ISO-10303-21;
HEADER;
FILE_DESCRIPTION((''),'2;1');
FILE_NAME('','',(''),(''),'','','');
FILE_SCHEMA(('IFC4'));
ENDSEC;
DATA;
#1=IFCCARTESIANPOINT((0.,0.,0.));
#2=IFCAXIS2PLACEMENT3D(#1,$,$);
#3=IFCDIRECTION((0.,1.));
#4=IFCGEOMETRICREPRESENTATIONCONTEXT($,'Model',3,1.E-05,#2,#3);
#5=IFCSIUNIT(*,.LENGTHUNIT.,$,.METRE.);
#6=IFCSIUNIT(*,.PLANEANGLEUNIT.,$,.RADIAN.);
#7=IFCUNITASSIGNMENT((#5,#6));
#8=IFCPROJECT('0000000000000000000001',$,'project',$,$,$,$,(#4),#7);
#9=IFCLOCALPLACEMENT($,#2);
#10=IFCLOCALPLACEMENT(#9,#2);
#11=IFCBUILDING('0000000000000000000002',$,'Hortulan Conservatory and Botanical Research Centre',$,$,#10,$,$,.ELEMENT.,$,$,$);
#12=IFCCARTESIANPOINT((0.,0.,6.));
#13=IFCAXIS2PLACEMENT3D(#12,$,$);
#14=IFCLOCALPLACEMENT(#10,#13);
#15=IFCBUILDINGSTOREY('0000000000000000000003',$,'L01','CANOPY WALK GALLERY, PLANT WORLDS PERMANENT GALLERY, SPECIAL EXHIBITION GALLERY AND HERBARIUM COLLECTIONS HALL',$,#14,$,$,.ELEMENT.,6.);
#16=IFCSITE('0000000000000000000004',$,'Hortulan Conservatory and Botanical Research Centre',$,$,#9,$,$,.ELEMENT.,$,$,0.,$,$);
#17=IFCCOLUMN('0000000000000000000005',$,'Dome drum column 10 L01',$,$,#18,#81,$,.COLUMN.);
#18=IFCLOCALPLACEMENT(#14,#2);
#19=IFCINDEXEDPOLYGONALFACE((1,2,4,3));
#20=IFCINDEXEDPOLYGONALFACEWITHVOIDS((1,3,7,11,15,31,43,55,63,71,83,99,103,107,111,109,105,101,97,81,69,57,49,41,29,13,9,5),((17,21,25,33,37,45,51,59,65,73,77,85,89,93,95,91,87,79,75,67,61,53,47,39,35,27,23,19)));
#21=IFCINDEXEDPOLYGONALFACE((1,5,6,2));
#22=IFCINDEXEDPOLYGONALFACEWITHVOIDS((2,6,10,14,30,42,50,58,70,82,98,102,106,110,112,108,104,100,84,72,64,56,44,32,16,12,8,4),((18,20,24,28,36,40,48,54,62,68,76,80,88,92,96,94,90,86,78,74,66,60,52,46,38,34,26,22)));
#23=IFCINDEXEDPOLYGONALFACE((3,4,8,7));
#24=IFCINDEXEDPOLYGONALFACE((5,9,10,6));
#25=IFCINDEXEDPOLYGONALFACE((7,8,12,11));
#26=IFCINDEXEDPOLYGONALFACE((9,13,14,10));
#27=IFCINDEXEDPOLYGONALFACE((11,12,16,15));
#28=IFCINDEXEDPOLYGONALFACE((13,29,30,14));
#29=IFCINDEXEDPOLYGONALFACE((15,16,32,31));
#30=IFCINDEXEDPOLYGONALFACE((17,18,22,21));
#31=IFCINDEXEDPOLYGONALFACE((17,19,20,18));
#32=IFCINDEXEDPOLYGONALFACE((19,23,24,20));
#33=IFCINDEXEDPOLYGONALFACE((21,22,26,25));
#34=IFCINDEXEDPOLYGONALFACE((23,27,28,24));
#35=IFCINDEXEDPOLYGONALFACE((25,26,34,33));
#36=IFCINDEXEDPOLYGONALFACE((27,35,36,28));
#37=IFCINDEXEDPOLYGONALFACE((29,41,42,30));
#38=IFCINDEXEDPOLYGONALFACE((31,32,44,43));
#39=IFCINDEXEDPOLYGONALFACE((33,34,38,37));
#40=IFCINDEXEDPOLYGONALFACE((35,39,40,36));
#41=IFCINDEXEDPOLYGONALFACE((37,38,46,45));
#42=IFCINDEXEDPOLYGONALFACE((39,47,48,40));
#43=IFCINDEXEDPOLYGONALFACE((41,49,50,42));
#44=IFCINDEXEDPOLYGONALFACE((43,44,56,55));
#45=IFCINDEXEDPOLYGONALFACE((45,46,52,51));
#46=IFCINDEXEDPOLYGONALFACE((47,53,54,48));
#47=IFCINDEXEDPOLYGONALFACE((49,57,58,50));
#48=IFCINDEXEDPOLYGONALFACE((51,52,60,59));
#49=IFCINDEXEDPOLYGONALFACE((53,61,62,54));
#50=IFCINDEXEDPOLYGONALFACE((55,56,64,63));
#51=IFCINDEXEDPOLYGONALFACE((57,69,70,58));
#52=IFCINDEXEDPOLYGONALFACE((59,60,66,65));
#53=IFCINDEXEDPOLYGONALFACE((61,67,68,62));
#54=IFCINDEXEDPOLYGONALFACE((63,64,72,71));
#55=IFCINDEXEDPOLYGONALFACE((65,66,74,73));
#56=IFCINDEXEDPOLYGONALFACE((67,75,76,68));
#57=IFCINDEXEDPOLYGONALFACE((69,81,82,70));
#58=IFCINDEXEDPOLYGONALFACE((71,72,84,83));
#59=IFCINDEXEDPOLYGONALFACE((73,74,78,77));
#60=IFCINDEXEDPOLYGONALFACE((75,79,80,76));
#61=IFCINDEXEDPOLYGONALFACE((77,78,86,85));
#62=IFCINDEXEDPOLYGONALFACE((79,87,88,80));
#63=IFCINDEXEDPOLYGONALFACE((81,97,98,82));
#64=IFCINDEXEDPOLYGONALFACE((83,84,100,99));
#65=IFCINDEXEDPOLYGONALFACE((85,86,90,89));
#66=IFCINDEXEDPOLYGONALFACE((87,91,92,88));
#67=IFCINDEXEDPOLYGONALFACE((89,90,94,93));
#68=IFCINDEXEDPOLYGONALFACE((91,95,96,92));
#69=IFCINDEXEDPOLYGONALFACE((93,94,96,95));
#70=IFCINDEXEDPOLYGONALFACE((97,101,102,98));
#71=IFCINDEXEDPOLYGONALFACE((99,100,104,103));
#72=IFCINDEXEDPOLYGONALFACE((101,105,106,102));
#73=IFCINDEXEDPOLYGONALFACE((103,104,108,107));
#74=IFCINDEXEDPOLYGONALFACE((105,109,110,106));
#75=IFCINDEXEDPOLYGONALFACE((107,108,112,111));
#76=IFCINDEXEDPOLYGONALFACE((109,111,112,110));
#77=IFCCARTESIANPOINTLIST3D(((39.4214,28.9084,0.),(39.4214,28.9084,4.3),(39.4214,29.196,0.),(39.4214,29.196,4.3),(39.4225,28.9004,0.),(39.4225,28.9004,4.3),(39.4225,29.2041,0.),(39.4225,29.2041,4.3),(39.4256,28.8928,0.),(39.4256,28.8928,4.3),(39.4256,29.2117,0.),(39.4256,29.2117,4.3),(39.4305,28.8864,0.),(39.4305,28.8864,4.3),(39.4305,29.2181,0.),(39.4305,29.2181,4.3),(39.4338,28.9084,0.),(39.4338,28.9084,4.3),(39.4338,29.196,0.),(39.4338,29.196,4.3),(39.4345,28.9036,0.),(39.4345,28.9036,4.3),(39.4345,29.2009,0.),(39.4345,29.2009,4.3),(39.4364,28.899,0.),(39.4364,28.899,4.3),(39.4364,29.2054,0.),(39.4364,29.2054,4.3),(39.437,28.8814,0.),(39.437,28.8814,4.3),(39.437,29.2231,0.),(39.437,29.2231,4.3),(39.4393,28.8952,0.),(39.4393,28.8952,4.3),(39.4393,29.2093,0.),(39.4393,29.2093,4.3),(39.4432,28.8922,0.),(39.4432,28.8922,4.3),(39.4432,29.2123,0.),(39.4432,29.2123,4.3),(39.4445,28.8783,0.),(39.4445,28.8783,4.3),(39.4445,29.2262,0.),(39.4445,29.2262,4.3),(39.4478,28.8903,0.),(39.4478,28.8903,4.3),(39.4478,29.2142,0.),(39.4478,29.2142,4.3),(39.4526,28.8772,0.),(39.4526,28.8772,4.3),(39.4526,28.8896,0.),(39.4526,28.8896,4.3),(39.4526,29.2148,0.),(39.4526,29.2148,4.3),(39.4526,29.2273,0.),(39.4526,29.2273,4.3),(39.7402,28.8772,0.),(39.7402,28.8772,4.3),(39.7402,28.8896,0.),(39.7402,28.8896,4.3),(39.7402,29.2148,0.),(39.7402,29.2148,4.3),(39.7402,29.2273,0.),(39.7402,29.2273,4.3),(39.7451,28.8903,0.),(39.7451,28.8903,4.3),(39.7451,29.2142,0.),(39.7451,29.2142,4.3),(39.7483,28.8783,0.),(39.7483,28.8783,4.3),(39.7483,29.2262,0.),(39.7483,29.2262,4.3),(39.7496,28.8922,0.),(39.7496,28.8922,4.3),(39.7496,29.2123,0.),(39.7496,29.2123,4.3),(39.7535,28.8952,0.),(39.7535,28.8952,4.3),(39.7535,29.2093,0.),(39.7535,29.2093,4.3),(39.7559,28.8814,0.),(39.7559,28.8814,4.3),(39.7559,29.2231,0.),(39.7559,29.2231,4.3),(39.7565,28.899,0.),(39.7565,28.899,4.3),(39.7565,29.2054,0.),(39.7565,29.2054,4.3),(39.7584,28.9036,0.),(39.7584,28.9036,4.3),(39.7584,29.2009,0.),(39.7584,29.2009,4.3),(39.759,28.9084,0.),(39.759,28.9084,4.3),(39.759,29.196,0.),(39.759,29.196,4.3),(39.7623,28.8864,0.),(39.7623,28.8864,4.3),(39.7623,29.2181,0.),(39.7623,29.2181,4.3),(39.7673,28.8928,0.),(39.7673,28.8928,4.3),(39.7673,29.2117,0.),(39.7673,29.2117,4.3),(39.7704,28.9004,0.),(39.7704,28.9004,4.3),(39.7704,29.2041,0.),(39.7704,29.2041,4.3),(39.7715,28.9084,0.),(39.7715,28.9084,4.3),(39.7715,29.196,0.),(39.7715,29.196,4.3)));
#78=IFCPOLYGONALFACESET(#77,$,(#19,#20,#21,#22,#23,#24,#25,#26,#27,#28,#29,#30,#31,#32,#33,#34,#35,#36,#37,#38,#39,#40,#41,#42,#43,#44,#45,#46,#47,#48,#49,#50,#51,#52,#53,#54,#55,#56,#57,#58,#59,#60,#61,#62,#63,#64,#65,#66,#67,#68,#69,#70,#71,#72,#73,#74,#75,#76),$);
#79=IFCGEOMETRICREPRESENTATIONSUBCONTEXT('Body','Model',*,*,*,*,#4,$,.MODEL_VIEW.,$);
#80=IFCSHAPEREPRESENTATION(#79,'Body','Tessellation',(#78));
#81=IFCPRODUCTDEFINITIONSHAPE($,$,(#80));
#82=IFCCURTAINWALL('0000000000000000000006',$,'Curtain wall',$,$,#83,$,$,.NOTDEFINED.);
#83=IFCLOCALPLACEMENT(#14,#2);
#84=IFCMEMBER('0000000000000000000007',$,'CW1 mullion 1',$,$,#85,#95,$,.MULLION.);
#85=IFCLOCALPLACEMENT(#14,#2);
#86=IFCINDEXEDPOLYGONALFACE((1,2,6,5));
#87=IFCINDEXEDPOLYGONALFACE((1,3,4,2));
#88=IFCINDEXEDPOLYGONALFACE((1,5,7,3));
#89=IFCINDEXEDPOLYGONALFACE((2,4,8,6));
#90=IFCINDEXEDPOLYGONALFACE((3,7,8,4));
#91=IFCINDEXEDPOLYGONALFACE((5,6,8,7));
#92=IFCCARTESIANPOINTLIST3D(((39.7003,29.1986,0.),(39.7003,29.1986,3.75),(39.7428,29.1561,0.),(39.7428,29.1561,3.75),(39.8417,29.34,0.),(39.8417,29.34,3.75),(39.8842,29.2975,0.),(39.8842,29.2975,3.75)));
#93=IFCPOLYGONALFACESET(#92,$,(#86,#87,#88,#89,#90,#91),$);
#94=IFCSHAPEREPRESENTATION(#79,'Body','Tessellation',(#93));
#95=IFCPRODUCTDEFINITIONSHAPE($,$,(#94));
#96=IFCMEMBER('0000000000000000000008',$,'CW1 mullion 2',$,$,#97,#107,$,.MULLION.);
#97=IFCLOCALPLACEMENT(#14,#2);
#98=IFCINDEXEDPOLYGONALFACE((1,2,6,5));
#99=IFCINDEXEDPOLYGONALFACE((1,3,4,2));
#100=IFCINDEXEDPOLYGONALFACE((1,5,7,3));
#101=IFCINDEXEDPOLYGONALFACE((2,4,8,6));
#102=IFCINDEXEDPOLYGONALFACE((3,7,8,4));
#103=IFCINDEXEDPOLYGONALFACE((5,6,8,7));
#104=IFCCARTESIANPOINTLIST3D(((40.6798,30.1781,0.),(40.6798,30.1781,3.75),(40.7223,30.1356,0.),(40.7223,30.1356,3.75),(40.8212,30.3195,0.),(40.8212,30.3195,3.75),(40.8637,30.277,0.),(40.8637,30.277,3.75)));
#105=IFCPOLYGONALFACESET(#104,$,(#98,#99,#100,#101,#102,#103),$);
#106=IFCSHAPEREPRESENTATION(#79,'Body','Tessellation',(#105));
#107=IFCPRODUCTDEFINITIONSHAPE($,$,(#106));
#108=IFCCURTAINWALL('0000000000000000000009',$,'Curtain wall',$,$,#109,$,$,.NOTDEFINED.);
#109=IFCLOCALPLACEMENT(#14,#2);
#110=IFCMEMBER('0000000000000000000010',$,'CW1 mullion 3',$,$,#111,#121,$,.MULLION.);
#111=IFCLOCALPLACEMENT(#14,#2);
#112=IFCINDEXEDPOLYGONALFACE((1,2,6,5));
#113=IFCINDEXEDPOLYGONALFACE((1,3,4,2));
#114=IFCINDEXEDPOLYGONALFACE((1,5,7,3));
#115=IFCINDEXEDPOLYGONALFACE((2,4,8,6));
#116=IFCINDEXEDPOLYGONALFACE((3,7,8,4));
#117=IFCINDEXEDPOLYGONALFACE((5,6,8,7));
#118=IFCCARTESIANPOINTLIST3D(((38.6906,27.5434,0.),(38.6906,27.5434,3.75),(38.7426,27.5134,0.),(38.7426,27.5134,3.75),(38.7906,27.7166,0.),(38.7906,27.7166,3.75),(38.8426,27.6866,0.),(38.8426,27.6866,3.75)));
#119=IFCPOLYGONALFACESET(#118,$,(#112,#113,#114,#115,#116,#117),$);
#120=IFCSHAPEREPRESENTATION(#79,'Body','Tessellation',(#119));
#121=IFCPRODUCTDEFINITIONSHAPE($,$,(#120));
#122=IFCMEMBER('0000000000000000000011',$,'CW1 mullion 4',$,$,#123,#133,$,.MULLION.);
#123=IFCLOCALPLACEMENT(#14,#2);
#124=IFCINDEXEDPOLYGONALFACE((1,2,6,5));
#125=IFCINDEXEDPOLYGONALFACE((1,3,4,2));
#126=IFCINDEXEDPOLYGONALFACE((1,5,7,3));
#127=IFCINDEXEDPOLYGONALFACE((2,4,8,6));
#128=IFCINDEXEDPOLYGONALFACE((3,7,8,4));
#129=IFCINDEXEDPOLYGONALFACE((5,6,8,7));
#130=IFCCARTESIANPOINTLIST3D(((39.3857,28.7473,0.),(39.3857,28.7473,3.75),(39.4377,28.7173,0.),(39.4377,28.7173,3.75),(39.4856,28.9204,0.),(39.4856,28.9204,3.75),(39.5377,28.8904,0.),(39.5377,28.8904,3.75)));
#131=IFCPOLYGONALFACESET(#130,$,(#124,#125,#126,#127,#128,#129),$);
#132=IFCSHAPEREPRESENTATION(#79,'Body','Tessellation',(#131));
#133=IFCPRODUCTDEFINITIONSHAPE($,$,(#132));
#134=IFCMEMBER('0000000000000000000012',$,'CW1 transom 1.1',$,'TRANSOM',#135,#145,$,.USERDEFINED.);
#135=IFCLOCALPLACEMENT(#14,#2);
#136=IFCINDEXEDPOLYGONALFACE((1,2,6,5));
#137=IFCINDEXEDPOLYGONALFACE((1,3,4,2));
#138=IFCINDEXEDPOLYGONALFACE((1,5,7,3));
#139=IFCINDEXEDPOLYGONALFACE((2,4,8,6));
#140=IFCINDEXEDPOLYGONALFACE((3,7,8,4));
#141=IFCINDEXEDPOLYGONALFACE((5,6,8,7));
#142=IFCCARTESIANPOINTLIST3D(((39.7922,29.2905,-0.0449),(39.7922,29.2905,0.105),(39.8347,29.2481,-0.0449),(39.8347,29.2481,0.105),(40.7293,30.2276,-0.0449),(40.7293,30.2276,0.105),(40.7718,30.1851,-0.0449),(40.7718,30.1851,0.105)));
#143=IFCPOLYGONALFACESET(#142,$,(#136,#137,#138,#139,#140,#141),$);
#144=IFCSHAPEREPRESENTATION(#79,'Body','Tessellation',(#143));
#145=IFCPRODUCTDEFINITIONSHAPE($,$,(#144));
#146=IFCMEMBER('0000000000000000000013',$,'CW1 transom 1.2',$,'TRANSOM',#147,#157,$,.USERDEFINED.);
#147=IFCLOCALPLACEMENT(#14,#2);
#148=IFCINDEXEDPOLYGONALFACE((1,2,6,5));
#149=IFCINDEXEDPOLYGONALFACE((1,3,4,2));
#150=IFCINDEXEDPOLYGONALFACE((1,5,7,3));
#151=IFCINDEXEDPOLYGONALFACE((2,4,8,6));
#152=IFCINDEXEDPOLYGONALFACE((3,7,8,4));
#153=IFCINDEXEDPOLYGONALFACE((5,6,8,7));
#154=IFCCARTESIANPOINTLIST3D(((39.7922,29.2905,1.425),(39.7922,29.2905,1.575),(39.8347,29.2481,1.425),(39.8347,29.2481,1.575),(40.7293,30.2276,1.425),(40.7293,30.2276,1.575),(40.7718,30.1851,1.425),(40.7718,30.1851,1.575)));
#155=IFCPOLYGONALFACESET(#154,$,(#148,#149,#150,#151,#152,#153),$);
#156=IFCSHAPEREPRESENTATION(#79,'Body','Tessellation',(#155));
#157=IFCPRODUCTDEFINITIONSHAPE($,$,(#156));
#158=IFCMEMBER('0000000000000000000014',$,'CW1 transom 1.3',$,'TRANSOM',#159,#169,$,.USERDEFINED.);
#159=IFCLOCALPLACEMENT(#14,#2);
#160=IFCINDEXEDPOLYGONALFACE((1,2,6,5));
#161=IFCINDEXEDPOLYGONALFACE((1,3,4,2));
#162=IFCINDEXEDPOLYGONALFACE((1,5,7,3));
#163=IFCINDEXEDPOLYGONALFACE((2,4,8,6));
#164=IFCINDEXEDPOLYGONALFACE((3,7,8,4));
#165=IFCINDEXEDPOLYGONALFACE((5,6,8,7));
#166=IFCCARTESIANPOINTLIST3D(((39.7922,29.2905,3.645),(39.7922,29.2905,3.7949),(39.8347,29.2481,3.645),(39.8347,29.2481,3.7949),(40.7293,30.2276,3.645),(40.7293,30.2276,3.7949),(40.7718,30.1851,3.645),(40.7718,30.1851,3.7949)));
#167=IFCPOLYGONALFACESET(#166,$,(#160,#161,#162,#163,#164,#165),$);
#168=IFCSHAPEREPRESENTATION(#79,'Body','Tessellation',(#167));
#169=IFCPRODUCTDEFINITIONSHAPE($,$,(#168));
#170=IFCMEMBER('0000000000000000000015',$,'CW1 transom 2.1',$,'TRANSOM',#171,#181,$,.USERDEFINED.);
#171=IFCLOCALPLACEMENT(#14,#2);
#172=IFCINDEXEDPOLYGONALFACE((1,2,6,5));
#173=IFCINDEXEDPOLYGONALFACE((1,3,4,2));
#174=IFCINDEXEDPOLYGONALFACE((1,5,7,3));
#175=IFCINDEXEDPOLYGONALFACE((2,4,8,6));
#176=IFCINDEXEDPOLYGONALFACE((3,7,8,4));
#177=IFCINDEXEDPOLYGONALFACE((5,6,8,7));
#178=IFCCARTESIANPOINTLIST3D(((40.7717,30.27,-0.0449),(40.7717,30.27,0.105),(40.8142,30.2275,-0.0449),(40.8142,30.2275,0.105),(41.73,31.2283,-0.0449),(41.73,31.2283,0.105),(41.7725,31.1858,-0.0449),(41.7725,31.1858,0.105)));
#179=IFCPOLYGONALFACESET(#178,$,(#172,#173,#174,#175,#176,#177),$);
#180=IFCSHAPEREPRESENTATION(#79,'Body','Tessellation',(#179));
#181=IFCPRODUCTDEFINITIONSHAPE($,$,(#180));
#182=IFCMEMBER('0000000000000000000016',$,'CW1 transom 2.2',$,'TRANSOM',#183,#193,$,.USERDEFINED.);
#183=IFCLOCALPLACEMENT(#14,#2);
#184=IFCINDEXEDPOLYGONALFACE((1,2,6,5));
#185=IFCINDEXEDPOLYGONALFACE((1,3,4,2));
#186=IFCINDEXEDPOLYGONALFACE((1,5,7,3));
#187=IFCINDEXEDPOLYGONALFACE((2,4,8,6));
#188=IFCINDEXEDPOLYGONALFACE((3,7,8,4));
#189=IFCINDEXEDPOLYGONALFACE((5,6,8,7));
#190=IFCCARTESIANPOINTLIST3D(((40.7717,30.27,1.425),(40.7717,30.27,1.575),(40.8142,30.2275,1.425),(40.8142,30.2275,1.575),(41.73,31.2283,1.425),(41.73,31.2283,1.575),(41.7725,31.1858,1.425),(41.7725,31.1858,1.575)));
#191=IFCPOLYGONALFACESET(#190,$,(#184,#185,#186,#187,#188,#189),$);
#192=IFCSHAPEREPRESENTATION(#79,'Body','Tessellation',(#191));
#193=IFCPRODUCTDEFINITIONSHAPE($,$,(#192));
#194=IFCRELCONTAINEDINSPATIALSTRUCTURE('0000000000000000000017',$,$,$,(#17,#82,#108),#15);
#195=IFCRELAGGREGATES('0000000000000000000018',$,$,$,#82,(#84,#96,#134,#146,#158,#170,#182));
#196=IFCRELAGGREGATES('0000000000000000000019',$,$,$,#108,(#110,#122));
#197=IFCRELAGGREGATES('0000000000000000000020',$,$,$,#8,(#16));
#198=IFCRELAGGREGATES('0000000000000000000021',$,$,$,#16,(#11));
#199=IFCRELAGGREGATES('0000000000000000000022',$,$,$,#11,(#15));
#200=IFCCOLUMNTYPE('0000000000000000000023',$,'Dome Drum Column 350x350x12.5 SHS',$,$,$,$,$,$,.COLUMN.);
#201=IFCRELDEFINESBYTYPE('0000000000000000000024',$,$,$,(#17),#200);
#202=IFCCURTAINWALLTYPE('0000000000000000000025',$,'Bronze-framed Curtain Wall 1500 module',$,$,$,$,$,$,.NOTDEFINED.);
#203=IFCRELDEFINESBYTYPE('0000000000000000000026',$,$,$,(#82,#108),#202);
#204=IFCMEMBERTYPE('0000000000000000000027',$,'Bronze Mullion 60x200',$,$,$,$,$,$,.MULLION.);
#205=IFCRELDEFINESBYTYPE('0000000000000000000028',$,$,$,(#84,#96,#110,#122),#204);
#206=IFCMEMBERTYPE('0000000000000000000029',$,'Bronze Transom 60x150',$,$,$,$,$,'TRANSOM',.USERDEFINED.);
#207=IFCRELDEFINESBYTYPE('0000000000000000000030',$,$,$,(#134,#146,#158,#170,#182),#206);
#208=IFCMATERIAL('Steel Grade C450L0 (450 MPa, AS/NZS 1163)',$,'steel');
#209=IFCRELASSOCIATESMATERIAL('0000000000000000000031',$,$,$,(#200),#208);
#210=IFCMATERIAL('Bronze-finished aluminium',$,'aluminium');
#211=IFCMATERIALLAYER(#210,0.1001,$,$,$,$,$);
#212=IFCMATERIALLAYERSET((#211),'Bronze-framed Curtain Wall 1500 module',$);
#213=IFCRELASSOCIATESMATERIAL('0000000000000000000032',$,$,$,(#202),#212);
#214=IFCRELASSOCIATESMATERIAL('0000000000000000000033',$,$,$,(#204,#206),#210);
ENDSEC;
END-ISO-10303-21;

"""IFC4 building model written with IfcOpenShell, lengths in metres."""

from ifc_helpers import new_model, si_unit, direction, frame, origin, origin_2d, place, context, subcontext, project, spatial, rectangle, hollow_rectangle, extrude, material, layer, layer_set, material_profile, profile_set, type_object, element, aggregate, save


model = new_model("IFC4")

# Units and contexts
model_context = context("Model", 3, precision=1e-05, world=origin(), true_north=direction((0.0, 1.0)))
body_context = subcontext(model_context, "Body", "Model", "MODEL_VIEW")
ifc_project = project(units=[si_unit("LENGTHUNIT", "METRE"), si_unit("PLANEANGLEUNIT", "RADIAN")], contexts=[model_context])

# Site, building, storey
site_placement = place(None, origin())
site = spatial("IfcSite", under=ifc_project, at=site_placement, Name="Hortulan Conservatory and Botanical Research Centre", CompositionType="ELEMENT", RefElevation=0.0)
building_placement = place(site_placement, origin())
building = spatial("IfcBuilding", under=site, at=building_placement, Name="Hortulan Conservatory and Botanical Research Centre", CompositionType="ELEMENT")
storey_placement = place(building_placement, frame((0.0, 0.0, 6.0)))
storey = spatial("IfcBuildingStorey", under=building, at=storey_placement, Name="L01", Description="CANOPY WALK GALLERY, PLANT WORLDS PERMANENT GALLERY, SPECIAL EXHIBITION GALLERY AND HERBARIUM COLLECTIONS HALL", CompositionType="ELEMENT", Elevation=6.0)

# Column
ifc_material_1 = material(Name="Steel Grade C450L0 (450 MPa, AS/NZS 1163)", Category="steel")
ifc_material_profile_1 = material_profile(ifc_material_1, hollow_rectangle(XDim=0.3501, YDim=0.3501, WallThickness=0.0125, InnerFilletRadius=0.0188, OuterFilletRadius=0.0312, at=origin_2d()), Name="350x350x12.5SHS")
ifc_profile_set_1 = profile_set([ifc_material_profile_1], Name="Steel Grade C450L0 (450 MPa, AS/NZS 1163)")
column_type = type_object("IfcColumnType", Name="Dome Drum Column 350x350x12.5 SHS", PredefinedType="COLUMN", material=ifc_profile_set_1)
column_placement = place(storey_placement, frame((39.5964, 29.0522, 0.0), z_axis=(0.0, 0.0, 1.0), x_axis=(1.0, 0.0, 0.0)))
element("IfcColumn", 1, at=column_placement, inside=storey, type_object=column_type, Name="Dome drum column 10 L01", PredefinedType="COLUMN", context=body_context, shape_type="SweptSolid", body=[
    extrude(hollow_rectangle(XDim=0.3501, YDim=0.3501, WallThickness=0.0125, InnerFilletRadius=0.0188, OuterFilletRadius=0.0312, at=origin_2d()), origin(), (0.0, 0.0, 1.0), 4.3),
])

# Curtain walls, members
ifc_material_2 = material(Name="Bronze-finished aluminium", Category="aluminium")
ifc_layer_1 = layer(ifc_material_2, 0.1001)
ifc_layer_set_1 = layer_set([ifc_layer_1], Name="Bronze-framed Curtain Wall 1500 module")
curtain_wall_type = type_object("IfcCurtainWallType", Name="Bronze-framed Curtain Wall 1500 module", PredefinedType="NOTDEFINED", material=ifc_layer_set_1)
curtain_wall_1_placement = place(storey_placement, origin())
curtain_wall_1 = element("IfcCurtainWall", 2, at=curtain_wall_1_placement, inside=storey, type_object=curtain_wall_type, Name="Curtain wall", PredefinedType="NOTDEFINED")
ifc_material_profile_2 = material_profile(ifc_material_2, rectangle(XDim=0.0601, YDim=0.2, at=origin_2d()), Name="Bronze Mullion 60x200")
ifc_profile_set_2 = profile_set([ifc_material_profile_2], Name="Bronze-finished aluminium")
member_type_1 = type_object("IfcMemberType", Name="Bronze Mullion 60x200", PredefinedType="MULLION", material=ifc_profile_set_2)
member_1_placement = place(storey_placement, frame((39.7922, 29.248, 0.0), z_axis=(0.0, 0.0, 1.0), x_axis=(-0.707119, 0.707095, 0.0)))
member_1 = element("IfcMember", 3, at=member_1_placement, type_object=member_type_1, Name="CW1 mullion 1", PredefinedType="MULLION", context=body_context, shape_type="SweptSolid", body=[
    extrude(rectangle(XDim=0.0601, YDim=0.2, at=origin_2d()), origin(), (0.0, 0.0, 1.0), 3.75),
])
member_2_placement = place(storey_placement, frame((40.7717, 30.2275, 0.0), z_axis=(0.0, 0.0, 1.0), x_axis=(-0.707119, 0.707095, 0.0)))
member_2 = element("IfcMember", 4, at=member_2_placement, type_object=member_type_1, Name="CW1 mullion 2", PredefinedType="MULLION", context=body_context, shape_type="SweptSolid", body=[
    extrude(rectangle(XDim=0.0601, YDim=0.2, at=origin_2d()), origin(), (0.0, 0.0, 1.0), 3.75),
])
curtain_wall_2_placement = place(storey_placement, origin())
curtain_wall_2 = element("IfcCurtainWall", 5, at=curtain_wall_2_placement, inside=storey, type_object=curtain_wall_type, Name="Curtain wall", PredefinedType="NOTDEFINED")
member_3_placement = place(storey_placement, frame((38.7666, 27.615, 0.0), z_axis=(0.0, 0.0, 1.0), x_axis=(-0.866036, 0.499981, 0.0)))
member_3 = element("IfcMember", 6, at=member_3_placement, type_object=member_type_1, Name="CW1 mullion 3", PredefinedType="MULLION", context=body_context, shape_type="SweptSolid", body=[
    extrude(rectangle(XDim=0.0601, YDim=0.2, at=origin_2d()), origin(), (0.0, 0.0, 1.0), 3.75),
])
member_4_placement = place(storey_placement, frame((39.4617, 28.8188, 0.0), z_axis=(0.0, 0.0, 1.0), x_axis=(-0.866036, 0.499981, 0.0)))
member_4 = element("IfcMember", 7, at=member_4_placement, type_object=member_type_1, Name="CW1 mullion 4", PredefinedType="MULLION", context=body_context, shape_type="SweptSolid", body=[
    extrude(rectangle(XDim=0.0601, YDim=0.2, at=origin_2d()), origin(), (0.0, 0.0, 1.0), 3.75),
])

# Members
ifc_material_profile_3 = material_profile(ifc_material_2, rectangle(XDim=0.0601, YDim=0.1499, at=origin_2d()), Name="Bronze Transom 60x150")
ifc_profile_set_3 = profile_set([ifc_material_profile_3], Name="Bronze-finished aluminium")
member_type_2 = type_object("IfcMemberType", Name="Bronze Transom 60x150", ElementType="TRANSOM", PredefinedType="USERDEFINED", material=ifc_profile_set_3)
member_5_placement = place(storey_placement, frame((39.8135, 29.2693, 0.03), z_axis=(0.707107, 0.707107, 0.0), x_axis=(-0.707107, 0.707107, 0.0)))
member_5 = element("IfcMember", 8, at=member_5_placement, type_object=member_type_2, Name="CW1 transom 1.1", ObjectType="TRANSOM", PredefinedType="USERDEFINED", context=body_context, shape_type="SweptSolid", body=[
    extrude(rectangle(XDim=0.0601, YDim=0.1499, at=origin_2d()), origin(), (0.0, 0.0, 1.0), 1.3252),
])
member_6_placement = place(storey_placement, frame((39.8135, 29.2693, 1.5), z_axis=(0.707107, 0.707107, 0.0), x_axis=(-0.707107, 0.707107, 0.0)))
member_6 = element("IfcMember", 9, at=member_6_placement, type_object=member_type_2, Name="CW1 transom 1.2", ObjectType="TRANSOM", PredefinedType="USERDEFINED", context=body_context, shape_type="SweptSolid", body=[
    extrude(rectangle(XDim=0.0601, YDim=0.1499, at=origin_2d()), origin(), (0.0, 0.0, 1.0), 1.3252),
])
member_7_placement = place(storey_placement, frame((39.8135, 29.2693, 3.72), z_axis=(0.707107, 0.707107, 0.0), x_axis=(-0.707107, 0.707107, 0.0)))
member_7 = element("IfcMember", 10, at=member_7_placement, type_object=member_type_2, Name="CW1 transom 1.3", ObjectType="TRANSOM", PredefinedType="USERDEFINED", context=body_context, shape_type="SweptSolid", body=[
    extrude(rectangle(XDim=0.0601, YDim=0.1499, at=origin_2d()), origin(), (0.0, 0.0, 1.0), 1.3252),
])
member_8_placement = place(storey_placement, frame((40.793, 30.2488, 0.03), z_axis=(0.707107, 0.707107, 0.0), x_axis=(-0.707107, 0.707107, 0.0)))
member_8 = element("IfcMember", 11, at=member_8_placement, type_object=member_type_2, Name="CW1 transom 2.1", ObjectType="TRANSOM", PredefinedType="USERDEFINED", context=body_context, shape_type="SweptSolid", body=[
    extrude(rectangle(XDim=0.0601, YDim=0.1499, at=origin_2d()), origin(), (0.0, 0.0, 1.0), 1.3552),
])
member_9_placement = place(storey_placement, frame((40.793, 30.2488, 1.5), z_axis=(0.707107, 0.707107, 0.0), x_axis=(-0.707107, 0.707107, 0.0)))
member_9 = element("IfcMember", 12, at=member_9_placement, type_object=member_type_2, Name="CW1 transom 2.2", ObjectType="TRANSOM", PredefinedType="USERDEFINED", context=body_context, shape_type="SweptSolid", body=[
    extrude(rectangle(XDim=0.0601, YDim=0.1499, at=origin_2d()), origin(), (0.0, 0.0, 1.0), 1.3552),
])

aggregate(curtain_wall_1, [member_1, member_2, member_5, member_6, member_7, member_8, member_9])
aggregate(curtain_wall_2, [member_3, member_4])

save(model, "model.ifc")
